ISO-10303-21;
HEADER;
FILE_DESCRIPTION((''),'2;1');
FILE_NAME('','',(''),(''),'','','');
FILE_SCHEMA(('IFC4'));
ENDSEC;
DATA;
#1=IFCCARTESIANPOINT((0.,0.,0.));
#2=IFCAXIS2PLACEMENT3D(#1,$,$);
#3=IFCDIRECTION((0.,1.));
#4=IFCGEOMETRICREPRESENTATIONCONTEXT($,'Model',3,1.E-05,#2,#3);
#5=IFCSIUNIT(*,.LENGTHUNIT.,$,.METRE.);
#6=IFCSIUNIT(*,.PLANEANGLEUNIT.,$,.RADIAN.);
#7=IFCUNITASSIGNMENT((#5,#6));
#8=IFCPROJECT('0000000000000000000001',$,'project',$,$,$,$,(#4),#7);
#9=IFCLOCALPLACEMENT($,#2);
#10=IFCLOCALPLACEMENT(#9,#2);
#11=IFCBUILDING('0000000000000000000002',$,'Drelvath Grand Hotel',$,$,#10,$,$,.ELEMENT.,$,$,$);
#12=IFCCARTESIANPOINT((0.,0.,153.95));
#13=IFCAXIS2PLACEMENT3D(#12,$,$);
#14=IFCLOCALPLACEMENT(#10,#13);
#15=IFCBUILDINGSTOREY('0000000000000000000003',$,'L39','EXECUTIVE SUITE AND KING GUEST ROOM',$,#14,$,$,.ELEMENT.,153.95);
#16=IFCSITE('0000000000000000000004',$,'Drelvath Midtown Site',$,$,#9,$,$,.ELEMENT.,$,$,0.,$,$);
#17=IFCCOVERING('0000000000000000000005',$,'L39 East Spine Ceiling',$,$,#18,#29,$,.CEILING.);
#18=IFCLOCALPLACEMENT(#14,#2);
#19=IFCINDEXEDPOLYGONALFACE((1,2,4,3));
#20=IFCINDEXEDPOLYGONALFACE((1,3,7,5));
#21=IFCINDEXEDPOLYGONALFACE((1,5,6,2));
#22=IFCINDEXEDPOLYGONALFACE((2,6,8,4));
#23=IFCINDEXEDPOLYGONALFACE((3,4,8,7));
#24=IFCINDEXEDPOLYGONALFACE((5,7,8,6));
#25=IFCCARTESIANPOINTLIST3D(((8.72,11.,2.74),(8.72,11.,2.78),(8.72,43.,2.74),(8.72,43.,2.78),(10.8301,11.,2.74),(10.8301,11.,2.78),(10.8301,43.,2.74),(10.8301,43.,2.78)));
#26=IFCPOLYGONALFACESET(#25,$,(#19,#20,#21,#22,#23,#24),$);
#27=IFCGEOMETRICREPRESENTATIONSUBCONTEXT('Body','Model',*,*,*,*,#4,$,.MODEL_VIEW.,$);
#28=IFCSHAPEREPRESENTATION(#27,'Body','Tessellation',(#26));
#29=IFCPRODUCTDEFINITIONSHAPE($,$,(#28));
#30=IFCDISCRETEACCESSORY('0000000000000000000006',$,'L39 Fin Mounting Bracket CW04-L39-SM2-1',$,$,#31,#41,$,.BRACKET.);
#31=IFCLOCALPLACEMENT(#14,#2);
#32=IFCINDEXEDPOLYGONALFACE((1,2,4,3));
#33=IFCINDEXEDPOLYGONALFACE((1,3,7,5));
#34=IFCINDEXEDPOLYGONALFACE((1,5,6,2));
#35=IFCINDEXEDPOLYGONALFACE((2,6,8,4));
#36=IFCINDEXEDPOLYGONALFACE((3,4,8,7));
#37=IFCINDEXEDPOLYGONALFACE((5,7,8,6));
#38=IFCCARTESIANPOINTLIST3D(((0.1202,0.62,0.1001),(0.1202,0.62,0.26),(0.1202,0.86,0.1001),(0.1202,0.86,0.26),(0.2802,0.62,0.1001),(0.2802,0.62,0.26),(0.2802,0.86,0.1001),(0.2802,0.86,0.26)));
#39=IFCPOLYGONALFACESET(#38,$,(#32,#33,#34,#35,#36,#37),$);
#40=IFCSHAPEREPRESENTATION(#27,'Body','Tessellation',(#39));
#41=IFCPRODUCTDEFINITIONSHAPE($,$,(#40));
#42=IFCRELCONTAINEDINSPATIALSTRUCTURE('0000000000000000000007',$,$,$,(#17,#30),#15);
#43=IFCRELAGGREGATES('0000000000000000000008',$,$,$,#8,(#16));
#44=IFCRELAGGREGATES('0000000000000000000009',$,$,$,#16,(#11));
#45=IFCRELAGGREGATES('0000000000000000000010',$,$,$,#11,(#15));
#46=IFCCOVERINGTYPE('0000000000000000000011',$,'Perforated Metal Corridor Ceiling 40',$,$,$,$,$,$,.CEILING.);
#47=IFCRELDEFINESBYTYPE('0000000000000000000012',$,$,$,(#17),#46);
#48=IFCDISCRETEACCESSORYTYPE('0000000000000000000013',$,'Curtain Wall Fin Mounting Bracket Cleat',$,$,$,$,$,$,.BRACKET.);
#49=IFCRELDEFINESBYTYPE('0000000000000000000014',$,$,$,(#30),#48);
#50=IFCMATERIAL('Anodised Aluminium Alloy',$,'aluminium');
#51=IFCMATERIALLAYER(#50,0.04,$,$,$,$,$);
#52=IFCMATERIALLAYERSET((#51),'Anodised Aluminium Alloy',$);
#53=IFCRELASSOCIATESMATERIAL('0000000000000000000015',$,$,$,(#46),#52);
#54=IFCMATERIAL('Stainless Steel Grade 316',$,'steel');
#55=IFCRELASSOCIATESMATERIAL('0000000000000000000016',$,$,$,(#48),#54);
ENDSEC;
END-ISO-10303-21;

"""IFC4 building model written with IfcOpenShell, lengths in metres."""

from ifc_helpers import new_model, si_unit, direction, frame, origin, origin_2d, place, context, subcontext, project, spatial, polyline, rectangle, outline, extrude, material, layer, layer_set, type_object, element, save


model = new_model("IFC4")

# Units and contexts
model_context = context("Model", 3, precision=1e-05, world=origin(), true_north=direction((0.0, 1.0)))
body_context = subcontext(model_context, "Body", "Model", "MODEL_VIEW")
ifc_project = project(units=[si_unit("LENGTHUNIT", "METRE"), si_unit("PLANEANGLEUNIT", "RADIAN")], contexts=[model_context])

# Site, building, storey
site_placement = place(None, origin())
site = spatial("IfcSite", under=ifc_project, at=site_placement, Name="Drelvath Midtown Site", CompositionType="ELEMENT", RefElevation=0.0)
building_placement = place(site_placement, origin())
building = spatial("IfcBuilding", under=site, at=building_placement, Name="Drelvath Grand Hotel", CompositionType="ELEMENT")
storey_placement = place(building_placement, frame((0.0, 0.0, 153.95)))
storey = spatial("IfcBuildingStorey", under=building, at=storey_placement, Name="L39", Description="EXECUTIVE SUITE AND KING GUEST ROOM", CompositionType="ELEMENT", Elevation=153.95)

# Covering
ifc_material_1 = material(Name="Anodised Aluminium Alloy", Category="aluminium")
ifc_layer_1 = layer(ifc_material_1, 0.04)
ifc_layer_set_1 = layer_set([ifc_layer_1], Name="Anodised Aluminium Alloy")
covering_type_1 = type_object("IfcCoveringType", Name="Perforated Metal Corridor Ceiling 40", PredefinedType="CEILING", material=ifc_layer_set_1)
covering_1_placement = place(storey_placement, frame((0.0, 0.0, 2.74)))
element("IfcCovering", 1, at=covering_1_placement, inside=storey, type_object=covering_type_1, Name="L39 East Spine Ceiling", PredefinedType="CEILING", context=body_context, shape_type="SweptSolid", body=[
    extrude(outline(polyline([(10.8301, 11.0), (10.8301, 43.0), (8.72, 43.0), (8.72, 11.0), (10.8301, 11.0)])), origin(), (0.0, 0.0, 1.0), 0.04),
])

# Discrete accessory
ifc_material_2 = material(Name="Stainless Steel Grade 316", Category="steel")
discrete_accessory_type = type_object("IfcDiscreteAccessoryType", Name="Curtain Wall Fin Mounting Bracket Cleat", PredefinedType="BRACKET", material=ifc_material_2)
discrete_accessory_placement = place(storey_placement, frame((0.2002, 0.74, 0.1001), z_axis=(0.0, 0.0, 1.0), x_axis=(-1.0, 0.0, 0.0)))
element("IfcDiscreteAccessory", 2, at=discrete_accessory_placement, inside=storey, type_object=discrete_accessory_type, Name="L39 Fin Mounting Bracket CW04-L39-SM2-1", PredefinedType="BRACKET", context=body_context, shape_type="SweptSolid", body=[
    extrude(rectangle(XDim=0.1599, YDim=0.24, at=origin_2d()), origin(), (0.0, 0.0, 1.0), 0.1599),
])

save(model, "model.ifc")
